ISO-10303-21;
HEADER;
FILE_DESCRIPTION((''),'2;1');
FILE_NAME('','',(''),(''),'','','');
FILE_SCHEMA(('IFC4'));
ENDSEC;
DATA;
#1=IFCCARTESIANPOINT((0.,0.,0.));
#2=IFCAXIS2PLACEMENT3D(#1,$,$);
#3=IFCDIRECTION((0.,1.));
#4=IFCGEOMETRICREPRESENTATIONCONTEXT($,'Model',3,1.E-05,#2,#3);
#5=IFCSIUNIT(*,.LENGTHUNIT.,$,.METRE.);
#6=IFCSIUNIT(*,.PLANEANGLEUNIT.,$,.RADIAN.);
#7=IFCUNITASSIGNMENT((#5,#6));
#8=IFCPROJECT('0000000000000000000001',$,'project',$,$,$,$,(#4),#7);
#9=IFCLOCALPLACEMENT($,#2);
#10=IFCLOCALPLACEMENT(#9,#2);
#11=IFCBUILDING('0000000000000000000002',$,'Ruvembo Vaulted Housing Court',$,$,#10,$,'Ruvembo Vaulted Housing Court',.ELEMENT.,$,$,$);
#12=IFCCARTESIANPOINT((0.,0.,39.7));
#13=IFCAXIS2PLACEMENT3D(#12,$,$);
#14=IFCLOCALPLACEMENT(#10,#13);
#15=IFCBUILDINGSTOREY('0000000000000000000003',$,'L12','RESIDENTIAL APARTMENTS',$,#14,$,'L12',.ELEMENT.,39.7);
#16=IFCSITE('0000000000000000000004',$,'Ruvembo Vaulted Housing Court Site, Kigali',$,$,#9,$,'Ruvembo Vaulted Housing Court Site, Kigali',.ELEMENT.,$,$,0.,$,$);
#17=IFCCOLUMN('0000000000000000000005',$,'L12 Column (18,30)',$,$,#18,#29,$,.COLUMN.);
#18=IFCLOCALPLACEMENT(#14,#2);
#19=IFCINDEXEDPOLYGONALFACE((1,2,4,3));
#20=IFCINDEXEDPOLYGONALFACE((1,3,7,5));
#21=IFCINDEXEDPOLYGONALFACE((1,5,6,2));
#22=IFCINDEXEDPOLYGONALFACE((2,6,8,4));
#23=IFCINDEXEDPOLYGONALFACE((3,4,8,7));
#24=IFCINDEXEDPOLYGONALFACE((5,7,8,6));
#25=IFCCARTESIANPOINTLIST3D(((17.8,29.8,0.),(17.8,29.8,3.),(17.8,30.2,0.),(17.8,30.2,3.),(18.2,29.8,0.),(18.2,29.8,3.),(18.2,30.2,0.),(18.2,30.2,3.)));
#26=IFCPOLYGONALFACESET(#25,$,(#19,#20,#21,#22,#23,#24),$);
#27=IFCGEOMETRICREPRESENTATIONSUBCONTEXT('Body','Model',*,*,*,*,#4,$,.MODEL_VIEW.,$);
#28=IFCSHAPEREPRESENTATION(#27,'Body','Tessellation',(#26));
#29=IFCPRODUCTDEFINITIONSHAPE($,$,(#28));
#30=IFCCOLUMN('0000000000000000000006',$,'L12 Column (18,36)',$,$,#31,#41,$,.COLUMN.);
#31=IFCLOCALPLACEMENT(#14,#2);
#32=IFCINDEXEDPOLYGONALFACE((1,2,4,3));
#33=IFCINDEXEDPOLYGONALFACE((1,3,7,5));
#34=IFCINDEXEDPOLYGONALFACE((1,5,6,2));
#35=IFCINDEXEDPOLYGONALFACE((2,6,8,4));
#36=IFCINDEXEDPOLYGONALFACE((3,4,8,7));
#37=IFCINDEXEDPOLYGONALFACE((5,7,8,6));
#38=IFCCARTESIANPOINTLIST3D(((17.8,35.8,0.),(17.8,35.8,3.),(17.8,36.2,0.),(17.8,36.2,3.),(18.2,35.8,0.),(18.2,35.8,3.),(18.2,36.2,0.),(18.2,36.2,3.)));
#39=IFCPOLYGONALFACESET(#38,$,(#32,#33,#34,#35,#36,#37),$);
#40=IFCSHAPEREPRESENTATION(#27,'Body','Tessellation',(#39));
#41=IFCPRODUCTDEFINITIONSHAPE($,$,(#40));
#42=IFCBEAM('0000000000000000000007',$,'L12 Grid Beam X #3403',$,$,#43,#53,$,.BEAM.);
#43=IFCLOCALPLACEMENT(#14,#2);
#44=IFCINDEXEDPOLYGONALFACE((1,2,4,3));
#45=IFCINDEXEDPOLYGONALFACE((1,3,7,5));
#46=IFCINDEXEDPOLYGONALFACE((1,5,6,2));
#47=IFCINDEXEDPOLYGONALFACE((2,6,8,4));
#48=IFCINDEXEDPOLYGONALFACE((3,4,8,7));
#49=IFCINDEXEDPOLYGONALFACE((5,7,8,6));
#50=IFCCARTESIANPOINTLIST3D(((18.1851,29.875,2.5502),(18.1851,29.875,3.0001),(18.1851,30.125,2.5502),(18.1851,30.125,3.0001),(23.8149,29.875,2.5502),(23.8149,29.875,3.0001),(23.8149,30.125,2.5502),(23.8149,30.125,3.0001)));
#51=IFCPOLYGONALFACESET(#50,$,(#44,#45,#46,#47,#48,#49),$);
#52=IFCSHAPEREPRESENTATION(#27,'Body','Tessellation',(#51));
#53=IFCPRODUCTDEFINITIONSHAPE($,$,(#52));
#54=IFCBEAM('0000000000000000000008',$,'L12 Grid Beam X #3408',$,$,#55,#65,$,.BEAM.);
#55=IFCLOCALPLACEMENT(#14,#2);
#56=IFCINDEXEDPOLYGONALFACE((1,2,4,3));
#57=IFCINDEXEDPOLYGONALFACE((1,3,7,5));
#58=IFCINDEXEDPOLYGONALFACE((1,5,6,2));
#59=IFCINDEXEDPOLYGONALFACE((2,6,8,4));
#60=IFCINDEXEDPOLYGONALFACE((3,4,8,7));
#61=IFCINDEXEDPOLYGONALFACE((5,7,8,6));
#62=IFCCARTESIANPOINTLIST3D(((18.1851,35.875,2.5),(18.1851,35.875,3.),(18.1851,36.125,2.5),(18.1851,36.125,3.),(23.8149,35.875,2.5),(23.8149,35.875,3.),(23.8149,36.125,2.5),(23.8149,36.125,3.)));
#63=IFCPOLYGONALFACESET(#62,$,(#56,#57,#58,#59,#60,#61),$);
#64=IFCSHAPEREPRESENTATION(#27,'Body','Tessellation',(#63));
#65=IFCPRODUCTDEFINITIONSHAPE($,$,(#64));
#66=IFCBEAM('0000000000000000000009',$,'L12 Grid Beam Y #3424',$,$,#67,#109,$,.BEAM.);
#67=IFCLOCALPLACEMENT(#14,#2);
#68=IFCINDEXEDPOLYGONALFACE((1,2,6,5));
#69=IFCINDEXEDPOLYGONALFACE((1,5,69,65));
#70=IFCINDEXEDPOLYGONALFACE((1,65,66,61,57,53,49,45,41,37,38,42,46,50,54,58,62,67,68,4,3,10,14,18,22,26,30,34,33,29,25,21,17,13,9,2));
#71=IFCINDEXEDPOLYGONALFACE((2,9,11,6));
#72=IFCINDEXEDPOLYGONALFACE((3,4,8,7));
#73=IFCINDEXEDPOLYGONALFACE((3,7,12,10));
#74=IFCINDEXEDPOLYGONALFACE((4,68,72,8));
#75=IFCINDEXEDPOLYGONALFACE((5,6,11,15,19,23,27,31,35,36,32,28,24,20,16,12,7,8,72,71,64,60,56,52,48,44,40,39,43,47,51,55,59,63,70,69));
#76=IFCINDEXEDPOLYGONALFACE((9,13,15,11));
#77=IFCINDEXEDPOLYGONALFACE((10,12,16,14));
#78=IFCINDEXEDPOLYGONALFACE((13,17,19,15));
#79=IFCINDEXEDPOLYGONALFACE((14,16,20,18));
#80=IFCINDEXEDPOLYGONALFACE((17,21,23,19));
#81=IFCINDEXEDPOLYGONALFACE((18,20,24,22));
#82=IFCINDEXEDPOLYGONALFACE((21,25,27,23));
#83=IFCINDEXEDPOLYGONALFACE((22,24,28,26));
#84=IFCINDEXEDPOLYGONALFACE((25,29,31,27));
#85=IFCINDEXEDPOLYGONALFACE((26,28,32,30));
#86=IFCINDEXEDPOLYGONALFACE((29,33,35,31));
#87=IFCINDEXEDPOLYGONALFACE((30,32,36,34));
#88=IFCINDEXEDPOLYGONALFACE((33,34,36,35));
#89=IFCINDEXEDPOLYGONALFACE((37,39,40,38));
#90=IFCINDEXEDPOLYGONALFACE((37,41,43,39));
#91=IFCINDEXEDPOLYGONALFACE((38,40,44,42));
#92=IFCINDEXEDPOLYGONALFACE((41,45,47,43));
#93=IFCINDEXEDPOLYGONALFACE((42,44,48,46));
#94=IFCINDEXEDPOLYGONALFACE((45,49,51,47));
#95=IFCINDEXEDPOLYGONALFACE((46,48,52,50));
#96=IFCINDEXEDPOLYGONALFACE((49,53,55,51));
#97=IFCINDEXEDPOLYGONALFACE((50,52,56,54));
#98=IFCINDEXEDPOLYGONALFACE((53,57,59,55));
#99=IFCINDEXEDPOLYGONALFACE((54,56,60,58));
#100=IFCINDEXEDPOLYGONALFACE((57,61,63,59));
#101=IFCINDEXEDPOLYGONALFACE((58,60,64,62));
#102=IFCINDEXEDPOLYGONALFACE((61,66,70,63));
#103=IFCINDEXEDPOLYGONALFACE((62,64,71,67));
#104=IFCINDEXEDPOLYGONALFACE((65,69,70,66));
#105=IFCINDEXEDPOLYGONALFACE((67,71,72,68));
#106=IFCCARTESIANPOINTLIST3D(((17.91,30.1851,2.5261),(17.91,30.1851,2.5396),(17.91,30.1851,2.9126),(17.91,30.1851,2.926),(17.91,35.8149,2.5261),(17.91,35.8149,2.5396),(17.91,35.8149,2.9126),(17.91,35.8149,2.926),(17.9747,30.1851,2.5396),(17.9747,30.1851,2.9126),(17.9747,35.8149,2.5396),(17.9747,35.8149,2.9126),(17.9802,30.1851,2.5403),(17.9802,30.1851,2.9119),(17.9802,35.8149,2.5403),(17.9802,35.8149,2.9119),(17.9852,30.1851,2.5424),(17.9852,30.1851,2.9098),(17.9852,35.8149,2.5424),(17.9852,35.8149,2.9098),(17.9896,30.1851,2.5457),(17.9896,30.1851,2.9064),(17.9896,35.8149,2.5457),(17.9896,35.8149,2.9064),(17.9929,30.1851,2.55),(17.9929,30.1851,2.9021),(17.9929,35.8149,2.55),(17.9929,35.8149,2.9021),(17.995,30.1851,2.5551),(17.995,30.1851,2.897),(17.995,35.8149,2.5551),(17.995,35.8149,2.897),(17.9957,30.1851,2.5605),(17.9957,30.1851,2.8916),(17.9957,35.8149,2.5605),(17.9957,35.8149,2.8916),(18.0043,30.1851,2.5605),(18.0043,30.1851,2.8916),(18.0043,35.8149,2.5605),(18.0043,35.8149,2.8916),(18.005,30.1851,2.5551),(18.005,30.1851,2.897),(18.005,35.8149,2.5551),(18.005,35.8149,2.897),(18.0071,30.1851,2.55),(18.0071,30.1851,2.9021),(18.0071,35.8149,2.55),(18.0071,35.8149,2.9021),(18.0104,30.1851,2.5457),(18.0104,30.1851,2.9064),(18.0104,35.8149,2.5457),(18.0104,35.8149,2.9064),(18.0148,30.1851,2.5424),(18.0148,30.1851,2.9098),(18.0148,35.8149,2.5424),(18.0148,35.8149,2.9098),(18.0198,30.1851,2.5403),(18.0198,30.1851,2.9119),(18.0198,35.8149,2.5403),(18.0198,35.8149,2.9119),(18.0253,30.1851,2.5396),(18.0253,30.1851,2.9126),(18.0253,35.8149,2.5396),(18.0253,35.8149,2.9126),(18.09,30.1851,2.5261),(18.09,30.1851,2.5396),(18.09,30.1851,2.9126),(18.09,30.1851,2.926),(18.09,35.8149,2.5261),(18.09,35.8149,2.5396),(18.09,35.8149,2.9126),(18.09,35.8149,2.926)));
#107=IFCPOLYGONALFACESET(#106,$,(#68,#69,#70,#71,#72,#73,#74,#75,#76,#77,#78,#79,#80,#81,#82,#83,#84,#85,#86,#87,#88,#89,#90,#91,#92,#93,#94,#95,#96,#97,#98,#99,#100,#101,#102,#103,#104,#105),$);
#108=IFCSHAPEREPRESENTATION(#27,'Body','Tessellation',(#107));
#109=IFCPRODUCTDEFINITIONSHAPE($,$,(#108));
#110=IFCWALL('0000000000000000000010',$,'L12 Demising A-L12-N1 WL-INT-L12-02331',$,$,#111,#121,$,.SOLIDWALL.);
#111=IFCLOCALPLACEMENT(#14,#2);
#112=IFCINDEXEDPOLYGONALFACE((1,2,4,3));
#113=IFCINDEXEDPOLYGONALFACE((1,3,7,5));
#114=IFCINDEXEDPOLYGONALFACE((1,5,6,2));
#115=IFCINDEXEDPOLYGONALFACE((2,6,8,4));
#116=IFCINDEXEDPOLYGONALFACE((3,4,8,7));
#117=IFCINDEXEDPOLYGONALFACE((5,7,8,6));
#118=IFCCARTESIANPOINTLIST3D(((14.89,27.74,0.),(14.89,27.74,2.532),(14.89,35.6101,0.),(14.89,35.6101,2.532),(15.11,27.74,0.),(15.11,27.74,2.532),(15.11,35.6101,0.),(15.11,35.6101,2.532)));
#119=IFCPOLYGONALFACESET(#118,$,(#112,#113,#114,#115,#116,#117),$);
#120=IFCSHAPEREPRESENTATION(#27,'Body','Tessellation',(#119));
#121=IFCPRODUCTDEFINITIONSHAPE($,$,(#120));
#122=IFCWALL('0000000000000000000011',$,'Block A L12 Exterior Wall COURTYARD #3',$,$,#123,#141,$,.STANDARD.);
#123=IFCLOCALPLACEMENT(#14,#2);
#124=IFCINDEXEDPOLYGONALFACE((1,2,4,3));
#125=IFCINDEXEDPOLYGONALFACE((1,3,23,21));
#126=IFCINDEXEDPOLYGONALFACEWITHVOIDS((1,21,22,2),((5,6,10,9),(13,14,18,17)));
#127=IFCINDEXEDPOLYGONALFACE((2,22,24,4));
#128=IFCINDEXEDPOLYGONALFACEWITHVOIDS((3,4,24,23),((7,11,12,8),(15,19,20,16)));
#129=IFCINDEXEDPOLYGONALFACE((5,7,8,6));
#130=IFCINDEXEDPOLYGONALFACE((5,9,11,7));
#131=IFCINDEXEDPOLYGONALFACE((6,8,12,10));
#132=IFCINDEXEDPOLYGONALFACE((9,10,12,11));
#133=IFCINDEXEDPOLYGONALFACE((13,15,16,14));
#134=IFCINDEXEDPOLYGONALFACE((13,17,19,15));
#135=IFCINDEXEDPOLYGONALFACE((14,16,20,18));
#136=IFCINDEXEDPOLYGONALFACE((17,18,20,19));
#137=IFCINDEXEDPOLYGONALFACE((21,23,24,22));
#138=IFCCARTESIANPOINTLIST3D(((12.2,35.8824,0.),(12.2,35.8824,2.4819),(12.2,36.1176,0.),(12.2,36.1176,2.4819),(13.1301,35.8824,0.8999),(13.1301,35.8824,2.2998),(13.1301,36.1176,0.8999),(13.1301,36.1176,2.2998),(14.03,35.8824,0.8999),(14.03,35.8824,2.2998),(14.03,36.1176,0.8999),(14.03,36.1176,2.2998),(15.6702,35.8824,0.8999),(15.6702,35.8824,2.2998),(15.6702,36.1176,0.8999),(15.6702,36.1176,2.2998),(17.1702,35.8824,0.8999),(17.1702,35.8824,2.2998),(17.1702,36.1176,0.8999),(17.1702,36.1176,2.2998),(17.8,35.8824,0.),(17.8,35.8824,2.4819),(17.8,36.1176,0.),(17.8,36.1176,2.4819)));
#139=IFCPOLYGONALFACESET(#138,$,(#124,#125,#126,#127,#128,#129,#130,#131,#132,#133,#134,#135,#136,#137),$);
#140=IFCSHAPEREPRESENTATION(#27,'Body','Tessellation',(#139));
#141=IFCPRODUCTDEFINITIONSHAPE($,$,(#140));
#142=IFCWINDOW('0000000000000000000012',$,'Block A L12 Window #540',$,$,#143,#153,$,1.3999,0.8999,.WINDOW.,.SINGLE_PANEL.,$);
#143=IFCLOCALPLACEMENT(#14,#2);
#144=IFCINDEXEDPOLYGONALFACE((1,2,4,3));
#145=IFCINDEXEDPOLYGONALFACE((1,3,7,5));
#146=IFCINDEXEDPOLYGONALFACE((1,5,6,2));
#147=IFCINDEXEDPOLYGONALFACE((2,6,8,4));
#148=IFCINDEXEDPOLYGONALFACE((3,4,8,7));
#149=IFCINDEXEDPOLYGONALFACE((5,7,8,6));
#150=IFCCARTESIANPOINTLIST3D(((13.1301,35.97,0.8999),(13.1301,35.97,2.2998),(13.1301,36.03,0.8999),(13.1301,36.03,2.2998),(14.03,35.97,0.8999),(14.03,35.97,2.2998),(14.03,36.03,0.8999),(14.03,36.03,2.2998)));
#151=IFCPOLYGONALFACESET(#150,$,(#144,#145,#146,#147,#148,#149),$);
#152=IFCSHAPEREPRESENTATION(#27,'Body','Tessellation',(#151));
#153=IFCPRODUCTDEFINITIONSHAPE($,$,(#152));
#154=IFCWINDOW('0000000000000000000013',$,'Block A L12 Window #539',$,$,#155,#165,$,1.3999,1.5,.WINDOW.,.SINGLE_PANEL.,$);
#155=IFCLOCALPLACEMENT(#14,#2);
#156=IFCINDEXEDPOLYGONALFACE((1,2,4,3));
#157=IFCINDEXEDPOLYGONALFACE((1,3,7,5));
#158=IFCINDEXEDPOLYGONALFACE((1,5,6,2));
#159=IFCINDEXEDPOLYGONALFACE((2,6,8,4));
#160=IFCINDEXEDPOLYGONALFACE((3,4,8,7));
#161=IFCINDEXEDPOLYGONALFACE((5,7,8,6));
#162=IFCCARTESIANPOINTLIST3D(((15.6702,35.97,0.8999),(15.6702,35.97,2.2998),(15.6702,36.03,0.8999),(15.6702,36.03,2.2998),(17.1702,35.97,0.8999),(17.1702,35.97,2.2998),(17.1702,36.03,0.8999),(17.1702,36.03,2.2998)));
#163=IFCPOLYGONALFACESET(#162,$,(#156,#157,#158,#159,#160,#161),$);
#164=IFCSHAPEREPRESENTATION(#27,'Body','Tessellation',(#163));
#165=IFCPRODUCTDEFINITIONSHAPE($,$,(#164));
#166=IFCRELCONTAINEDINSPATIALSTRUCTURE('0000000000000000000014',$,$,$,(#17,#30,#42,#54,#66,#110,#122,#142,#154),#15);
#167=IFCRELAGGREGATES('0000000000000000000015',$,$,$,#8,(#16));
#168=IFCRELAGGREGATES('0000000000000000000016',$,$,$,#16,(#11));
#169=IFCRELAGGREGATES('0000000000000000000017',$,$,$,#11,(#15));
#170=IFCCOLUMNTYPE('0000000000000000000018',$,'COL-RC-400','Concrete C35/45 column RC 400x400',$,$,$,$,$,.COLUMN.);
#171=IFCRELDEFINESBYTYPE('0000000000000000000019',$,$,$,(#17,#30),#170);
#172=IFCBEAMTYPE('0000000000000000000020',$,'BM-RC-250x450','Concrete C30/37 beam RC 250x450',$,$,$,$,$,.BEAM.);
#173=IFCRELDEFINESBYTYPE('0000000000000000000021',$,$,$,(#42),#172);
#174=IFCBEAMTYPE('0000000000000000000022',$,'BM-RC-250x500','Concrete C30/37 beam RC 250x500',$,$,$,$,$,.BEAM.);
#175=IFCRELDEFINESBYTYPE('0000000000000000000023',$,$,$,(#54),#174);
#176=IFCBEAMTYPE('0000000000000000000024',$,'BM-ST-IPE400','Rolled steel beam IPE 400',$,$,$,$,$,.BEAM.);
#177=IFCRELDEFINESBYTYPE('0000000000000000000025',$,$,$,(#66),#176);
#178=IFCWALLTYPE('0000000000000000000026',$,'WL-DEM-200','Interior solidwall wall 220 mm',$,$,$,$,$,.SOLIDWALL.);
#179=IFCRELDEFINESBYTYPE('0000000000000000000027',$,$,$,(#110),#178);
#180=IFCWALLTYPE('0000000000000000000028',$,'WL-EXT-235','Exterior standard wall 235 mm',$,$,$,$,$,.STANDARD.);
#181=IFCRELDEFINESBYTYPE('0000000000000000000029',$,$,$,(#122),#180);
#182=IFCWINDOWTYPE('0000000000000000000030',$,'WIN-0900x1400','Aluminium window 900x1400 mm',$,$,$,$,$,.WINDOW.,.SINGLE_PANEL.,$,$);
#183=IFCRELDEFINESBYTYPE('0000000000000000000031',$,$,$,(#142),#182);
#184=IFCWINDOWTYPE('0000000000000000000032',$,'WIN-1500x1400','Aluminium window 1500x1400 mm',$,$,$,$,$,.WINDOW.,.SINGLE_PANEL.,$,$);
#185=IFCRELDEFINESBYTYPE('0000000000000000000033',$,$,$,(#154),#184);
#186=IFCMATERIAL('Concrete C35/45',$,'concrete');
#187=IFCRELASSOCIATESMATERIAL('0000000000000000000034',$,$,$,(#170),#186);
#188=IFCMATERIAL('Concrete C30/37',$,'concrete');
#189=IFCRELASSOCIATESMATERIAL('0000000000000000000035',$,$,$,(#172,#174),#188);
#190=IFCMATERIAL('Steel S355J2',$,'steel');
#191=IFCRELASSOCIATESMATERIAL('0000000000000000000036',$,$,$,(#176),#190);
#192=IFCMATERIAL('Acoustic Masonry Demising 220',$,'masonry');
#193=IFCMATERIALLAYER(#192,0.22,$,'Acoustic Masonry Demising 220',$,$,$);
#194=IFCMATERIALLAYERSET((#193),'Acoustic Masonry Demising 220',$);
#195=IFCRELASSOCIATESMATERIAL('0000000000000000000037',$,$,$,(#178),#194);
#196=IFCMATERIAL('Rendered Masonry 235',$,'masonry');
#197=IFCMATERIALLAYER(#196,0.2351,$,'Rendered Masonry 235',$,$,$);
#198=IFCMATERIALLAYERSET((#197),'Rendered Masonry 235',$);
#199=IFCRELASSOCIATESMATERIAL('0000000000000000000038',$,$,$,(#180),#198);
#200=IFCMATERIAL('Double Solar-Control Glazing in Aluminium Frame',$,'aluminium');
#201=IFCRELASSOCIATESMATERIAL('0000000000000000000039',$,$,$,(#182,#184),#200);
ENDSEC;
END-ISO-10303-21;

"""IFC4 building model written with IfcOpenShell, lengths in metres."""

from ifc_helpers import new_model, si_unit, direction, frame, frame_2d, origin, origin_2d, place, context, subcontext, project, spatial, rectangle, i_section, extrude, material, layer, layer_set, material_profile, profile_set, type_object, element, fill, save


model = new_model("IFC4")

# Units and contexts
model_context = context("Model", 3, precision=1e-05, world=origin(), true_north=direction((0.0, 1.0)))
body_context = subcontext(model_context, "Body", "Model", "MODEL_VIEW")
ifc_project = project(units=[si_unit("LENGTHUNIT", "METRE"), si_unit("PLANEANGLEUNIT", "RADIAN")], contexts=[model_context])

# Site, building, storey
site_placement = place(None, origin())
site = spatial("IfcSite", under=ifc_project, at=site_placement, Name="Ruvembo Vaulted Housing Court Site, Kigali", LongName="Ruvembo Vaulted Housing Court Site, Kigali", CompositionType="ELEMENT", RefElevation=0.0)
building_placement = place(site_placement, origin())
building = spatial("IfcBuilding", under=site, at=building_placement, Name="Ruvembo Vaulted Housing Court", LongName="Ruvembo Vaulted Housing Court", CompositionType="ELEMENT")
storey_placement = place(building_placement, frame((0.0, 0.0, 39.7)))
storey = spatial("IfcBuildingStorey", under=building, at=storey_placement, Name="L12", Description="RESIDENTIAL APARTMENTS", LongName="L12", CompositionType="ELEMENT", Elevation=39.7)

# Columns
ifc_material_1 = material(Name="Concrete C35/45", Category="concrete")
ifc_material_profile_1 = material_profile(ifc_material_1, rectangle(XDim=0.3999, YDim=0.3999, at=origin_2d()), Name="RC 400x400")
ifc_profile_set_1 = profile_set([ifc_material_profile_1], Name="Concrete C35/45")
column_type = type_object("IfcColumnType", Name="COL-RC-400", Description="Concrete C35/45 column RC 400x400", PredefinedType="COLUMN", material=ifc_profile_set_1)
for number, where, z_axis, x_axis, name in (
    (1, (18.0, 30.0, 0.0), (0.0, 0.0, 1.0), (1.0, 0.0, 0.0), "L12 Column (18,30)"),
    (2, (18.0, 36.0, 0.0), (0.0, 0.0, 1.0), (1.0, 0.0, 0.0), "L12 Column (18,36)"),
):
    element("IfcColumn", number, at=place(storey_placement, frame(where, z_axis=z_axis, x_axis=x_axis)), inside=storey, type_object=column_type, Name=name, PredefinedType="COLUMN", context=body_context, shape_type="SweptSolid", body=[
        extrude(rectangle(XDim=0.3999, YDim=0.3999, at=origin_2d()), origin(), (0.0, 0.0, 1.0), 3.0),
    ])

# Beams
ifc_material_2 = material(Name="Concrete C30/37", Category="concrete")
ifc_material_profile_2 = material_profile(ifc_material_2, rectangle(XDim=0.25, YDim=0.45, at=origin_2d()), Name="RC 250x450")
ifc_profile_set_2 = profile_set([ifc_material_profile_2], Name="Concrete C30/37")
beam_type_1 = type_object("IfcBeamType", Name="BM-RC-250x450", Description="Concrete C30/37 beam RC 250x450", PredefinedType="BEAM", material=ifc_profile_set_2)
beam_1_placement = place(storey_placement, frame((18.1851, 30.0, 2.7751), z_axis=(1.0, 0.0, 0.0), x_axis=(0.0, 1.0, 0.0)))
element("IfcBeam", 3, at=beam_1_placement, inside=storey, type_object=beam_type_1, Name="L12 Grid Beam X #3403", PredefinedType="BEAM", context=body_context, shape_type="SweptSolid", body=[
    extrude(rectangle(XDim=0.25, YDim=0.45, at=origin_2d()), origin(), (0.0, 0.0, 1.0), 5.6299),
])
ifc_material_profile_3 = material_profile(ifc_material_2, rectangle(XDim=0.25, YDim=0.5, at=origin_2d()), Name="RC 250x500")
ifc_profile_set_3 = profile_set([ifc_material_profile_3], Name="Concrete C30/37")
beam_type_2 = type_object("IfcBeamType", Name="BM-RC-250x500", Description="Concrete C30/37 beam RC 250x500", PredefinedType="BEAM", material=ifc_profile_set_3)
beam_2_placement = place(storey_placement, frame((18.1851, 36.0, 2.75), z_axis=(1.0, 0.0, 0.0), x_axis=(0.0, 1.0, 0.0)))
element("IfcBeam", 4, at=beam_2_placement, inside=storey, type_object=beam_type_2, Name="L12 Grid Beam X #3408", PredefinedType="BEAM", context=body_context, shape_type="SweptSolid", body=[
    extrude(rectangle(XDim=0.25, YDim=0.5, at=origin_2d()), origin(), (0.0, 0.0, 1.0), 5.6299),
])
ifc_material_3 = material(Name="Steel S355J2", Category="steel")
ifc_material_profile_4 = material_profile(ifc_material_3, i_section(OverallWidth=0.1799, OverallDepth=0.3999, WebThickness=0.0085, FlangeThickness=0.0134, FilletRadius=0.021, at=origin_2d()), Name="IPE 400")
ifc_profile_set_4 = profile_set([ifc_material_profile_4], Name="Steel S355J2")
beam_type_3 = type_object("IfcBeamType", Name="BM-ST-IPE400", Description="Rolled steel beam IPE 400", PredefinedType="BEAM", material=ifc_profile_set_4)
beam_3_placement = place(storey_placement, frame((18.0, 30.1851, 2.7261), z_axis=(0.0, 1.0, 0.0), x_axis=(-1.0, 0.0, 0.0)))
element("IfcBeam", 5, at=beam_3_placement, inside=storey, type_object=beam_type_3, Name="L12 Grid Beam Y #3424", PredefinedType="BEAM", context=body_context, shape_type="SweptSolid", body=[
    extrude(i_section(OverallWidth=0.1799, OverallDepth=0.3999, WebThickness=0.0085, FlangeThickness=0.0134, FilletRadius=0.021, at=origin_2d()), origin(), (0.0, 0.0, 1.0), 5.6299),
])

# Wall
ifc_material_4 = material(Name="Acoustic Masonry Demising 220", Category="masonry")
ifc_layer_1 = layer(ifc_material_4, 0.22, Name="Acoustic Masonry Demising 220")
ifc_layer_set_1 = layer_set([ifc_layer_1], Name="Acoustic Masonry Demising 220")
wall_type_1 = type_object("IfcWallType", Name="WL-DEM-200", Description="Interior solidwall wall 220 mm", PredefinedType="SOLIDWALL", material=ifc_layer_set_1)
wall_1_placement = place(storey_placement, frame((15.0, 27.74, 0.0), z_axis=(0.0, 0.0, 1.0), x_axis=(0.0, 1.0, 0.0)))
element("IfcWall", 6, at=wall_1_placement, inside=storey, type_object=wall_type_1, Name="L12 Demising A-L12-N1 WL-INT-L12-02331", PredefinedType="SOLIDWALL", context=body_context, shape_type="SweptSolid", body=[
    extrude(rectangle(XDim=7.8701, YDim=0.22, at=frame_2d((3.9351, 0.0))), origin(), (0.0, 0.0, 1.0), 2.532),
])

# Wall, openings, windows
ifc_material_5 = material(Name="Rendered Masonry 235", Category="masonry")
ifc_layer_2 = layer(ifc_material_5, 0.2351, Name="Rendered Masonry 235")
ifc_layer_set_2 = layer_set([ifc_layer_2], Name="Rendered Masonry 235")
wall_type_2 = type_object("IfcWallType", Name="WL-EXT-235", Description="Exterior standard wall 235 mm", PredefinedType="STANDARD", material=ifc_layer_set_2)
wall_2_placement = place(storey_placement, frame((17.8, 36.0, 0.0), z_axis=(0.0, 0.0, 1.0), x_axis=(-1.0, 0.0, 0.0)))
wall_2 = element("IfcWall", 7, at=wall_2_placement, inside=storey, type_object=wall_type_2, Name="Block A L12 Exterior Wall COURTYARD #3", PredefinedType="STANDARD", context=body_context, shape_type="SweptSolid", body=[
    extrude(rectangle(XDim=5.6001, YDim=0.2351, at=frame_2d((2.8, 0.0))), origin(), (0.0, 0.0, 1.0), 2.4819),
])
opening_1_placement = place(wall_2_placement, frame((0.6299, 0.0, 0.8999)))
opening_1 = element("IfcOpeningElement", 8, at=opening_1_placement, cuts=wall_2, PredefinedType="OPENING", context=body_context, shape_type="SweptSolid", body=[
    extrude(rectangle(XDim=1.5, YDim=1.3999, at=frame_2d((0.75, 0.7))), frame((0.0, 0.1274, 0.0), z_axis=(0.0, -1.0, 0.0), x_axis=(1.0, 0.0, 0.0)), (0.0, 0.0, 1.0), 0.2551),
])
opening_2_placement = place(wall_2_placement, frame((3.77, 0.0, 0.8999)))
opening_2 = element("IfcOpeningElement", 9, at=opening_2_placement, cuts=wall_2, PredefinedType="OPENING", context=body_context, shape_type="SweptSolid", body=[
    extrude(rectangle(XDim=0.8999, YDim=1.3999, at=frame_2d((0.45, 0.7))), frame((0.0, 0.1274, 0.0), z_axis=(0.0, -1.0, 0.0), x_axis=(1.0, 0.0, 0.0)), (0.0, 0.0, 1.0), 0.2551),
])
ifc_material_6 = material(Name="Double Solar-Control Glazing in Aluminium Frame", Category="aluminium")
window_type_1 = type_object("IfcWindowType", Name="WIN-0900x1400", Description="Aluminium window 900x1400 mm", PartitioningType="SINGLE_PANEL", PredefinedType="WINDOW", material=ifc_material_6)
window_1_placement = place(opening_2_placement, origin())
window_1 = element("IfcWindow", 10, at=window_1_placement, inside=storey, type_object=window_type_1, Name="Block A L12 Window #540", OverallHeight=1.3999, OverallWidth=0.8999, PartitioningType="SINGLE_PANEL", PredefinedType="WINDOW", context=body_context, shape_type="SweptSolid", body=[
    extrude(rectangle(XDim=0.8999, YDim=1.3999, at=frame_2d((0.45, 0.7))), frame((0.0, 0.03, 0.0), z_axis=(0.0, -1.0, 0.0), x_axis=(1.0, 0.0, 0.0)), (0.0, 0.0, 1.0), 0.0601),
])
fill(opening_2, window_1)
window_type_2 = type_object("IfcWindowType", Name="WIN-1500x1400", Description="Aluminium window 1500x1400 mm", PartitioningType="SINGLE_PANEL", PredefinedType="WINDOW", material=ifc_material_6)
window_2_placement = place(opening_1_placement, origin())
window_2 = element("IfcWindow", 11, at=window_2_placement, inside=storey, type_object=window_type_2, Name="Block A L12 Window #539", OverallHeight=1.3999, OverallWidth=1.5, PartitioningType="SINGLE_PANEL", PredefinedType="WINDOW", context=body_context, shape_type="SweptSolid", body=[
    extrude(rectangle(XDim=1.5, YDim=1.3999, at=frame_2d((0.75, 0.7))), frame((0.0, 0.03, 0.0), z_axis=(0.0, -1.0, 0.0), x_axis=(1.0, 0.0, 0.0)), (0.0, 0.0, 1.0), 0.0601),
])
fill(opening_1, window_2)

save(model, "model.ifc")
